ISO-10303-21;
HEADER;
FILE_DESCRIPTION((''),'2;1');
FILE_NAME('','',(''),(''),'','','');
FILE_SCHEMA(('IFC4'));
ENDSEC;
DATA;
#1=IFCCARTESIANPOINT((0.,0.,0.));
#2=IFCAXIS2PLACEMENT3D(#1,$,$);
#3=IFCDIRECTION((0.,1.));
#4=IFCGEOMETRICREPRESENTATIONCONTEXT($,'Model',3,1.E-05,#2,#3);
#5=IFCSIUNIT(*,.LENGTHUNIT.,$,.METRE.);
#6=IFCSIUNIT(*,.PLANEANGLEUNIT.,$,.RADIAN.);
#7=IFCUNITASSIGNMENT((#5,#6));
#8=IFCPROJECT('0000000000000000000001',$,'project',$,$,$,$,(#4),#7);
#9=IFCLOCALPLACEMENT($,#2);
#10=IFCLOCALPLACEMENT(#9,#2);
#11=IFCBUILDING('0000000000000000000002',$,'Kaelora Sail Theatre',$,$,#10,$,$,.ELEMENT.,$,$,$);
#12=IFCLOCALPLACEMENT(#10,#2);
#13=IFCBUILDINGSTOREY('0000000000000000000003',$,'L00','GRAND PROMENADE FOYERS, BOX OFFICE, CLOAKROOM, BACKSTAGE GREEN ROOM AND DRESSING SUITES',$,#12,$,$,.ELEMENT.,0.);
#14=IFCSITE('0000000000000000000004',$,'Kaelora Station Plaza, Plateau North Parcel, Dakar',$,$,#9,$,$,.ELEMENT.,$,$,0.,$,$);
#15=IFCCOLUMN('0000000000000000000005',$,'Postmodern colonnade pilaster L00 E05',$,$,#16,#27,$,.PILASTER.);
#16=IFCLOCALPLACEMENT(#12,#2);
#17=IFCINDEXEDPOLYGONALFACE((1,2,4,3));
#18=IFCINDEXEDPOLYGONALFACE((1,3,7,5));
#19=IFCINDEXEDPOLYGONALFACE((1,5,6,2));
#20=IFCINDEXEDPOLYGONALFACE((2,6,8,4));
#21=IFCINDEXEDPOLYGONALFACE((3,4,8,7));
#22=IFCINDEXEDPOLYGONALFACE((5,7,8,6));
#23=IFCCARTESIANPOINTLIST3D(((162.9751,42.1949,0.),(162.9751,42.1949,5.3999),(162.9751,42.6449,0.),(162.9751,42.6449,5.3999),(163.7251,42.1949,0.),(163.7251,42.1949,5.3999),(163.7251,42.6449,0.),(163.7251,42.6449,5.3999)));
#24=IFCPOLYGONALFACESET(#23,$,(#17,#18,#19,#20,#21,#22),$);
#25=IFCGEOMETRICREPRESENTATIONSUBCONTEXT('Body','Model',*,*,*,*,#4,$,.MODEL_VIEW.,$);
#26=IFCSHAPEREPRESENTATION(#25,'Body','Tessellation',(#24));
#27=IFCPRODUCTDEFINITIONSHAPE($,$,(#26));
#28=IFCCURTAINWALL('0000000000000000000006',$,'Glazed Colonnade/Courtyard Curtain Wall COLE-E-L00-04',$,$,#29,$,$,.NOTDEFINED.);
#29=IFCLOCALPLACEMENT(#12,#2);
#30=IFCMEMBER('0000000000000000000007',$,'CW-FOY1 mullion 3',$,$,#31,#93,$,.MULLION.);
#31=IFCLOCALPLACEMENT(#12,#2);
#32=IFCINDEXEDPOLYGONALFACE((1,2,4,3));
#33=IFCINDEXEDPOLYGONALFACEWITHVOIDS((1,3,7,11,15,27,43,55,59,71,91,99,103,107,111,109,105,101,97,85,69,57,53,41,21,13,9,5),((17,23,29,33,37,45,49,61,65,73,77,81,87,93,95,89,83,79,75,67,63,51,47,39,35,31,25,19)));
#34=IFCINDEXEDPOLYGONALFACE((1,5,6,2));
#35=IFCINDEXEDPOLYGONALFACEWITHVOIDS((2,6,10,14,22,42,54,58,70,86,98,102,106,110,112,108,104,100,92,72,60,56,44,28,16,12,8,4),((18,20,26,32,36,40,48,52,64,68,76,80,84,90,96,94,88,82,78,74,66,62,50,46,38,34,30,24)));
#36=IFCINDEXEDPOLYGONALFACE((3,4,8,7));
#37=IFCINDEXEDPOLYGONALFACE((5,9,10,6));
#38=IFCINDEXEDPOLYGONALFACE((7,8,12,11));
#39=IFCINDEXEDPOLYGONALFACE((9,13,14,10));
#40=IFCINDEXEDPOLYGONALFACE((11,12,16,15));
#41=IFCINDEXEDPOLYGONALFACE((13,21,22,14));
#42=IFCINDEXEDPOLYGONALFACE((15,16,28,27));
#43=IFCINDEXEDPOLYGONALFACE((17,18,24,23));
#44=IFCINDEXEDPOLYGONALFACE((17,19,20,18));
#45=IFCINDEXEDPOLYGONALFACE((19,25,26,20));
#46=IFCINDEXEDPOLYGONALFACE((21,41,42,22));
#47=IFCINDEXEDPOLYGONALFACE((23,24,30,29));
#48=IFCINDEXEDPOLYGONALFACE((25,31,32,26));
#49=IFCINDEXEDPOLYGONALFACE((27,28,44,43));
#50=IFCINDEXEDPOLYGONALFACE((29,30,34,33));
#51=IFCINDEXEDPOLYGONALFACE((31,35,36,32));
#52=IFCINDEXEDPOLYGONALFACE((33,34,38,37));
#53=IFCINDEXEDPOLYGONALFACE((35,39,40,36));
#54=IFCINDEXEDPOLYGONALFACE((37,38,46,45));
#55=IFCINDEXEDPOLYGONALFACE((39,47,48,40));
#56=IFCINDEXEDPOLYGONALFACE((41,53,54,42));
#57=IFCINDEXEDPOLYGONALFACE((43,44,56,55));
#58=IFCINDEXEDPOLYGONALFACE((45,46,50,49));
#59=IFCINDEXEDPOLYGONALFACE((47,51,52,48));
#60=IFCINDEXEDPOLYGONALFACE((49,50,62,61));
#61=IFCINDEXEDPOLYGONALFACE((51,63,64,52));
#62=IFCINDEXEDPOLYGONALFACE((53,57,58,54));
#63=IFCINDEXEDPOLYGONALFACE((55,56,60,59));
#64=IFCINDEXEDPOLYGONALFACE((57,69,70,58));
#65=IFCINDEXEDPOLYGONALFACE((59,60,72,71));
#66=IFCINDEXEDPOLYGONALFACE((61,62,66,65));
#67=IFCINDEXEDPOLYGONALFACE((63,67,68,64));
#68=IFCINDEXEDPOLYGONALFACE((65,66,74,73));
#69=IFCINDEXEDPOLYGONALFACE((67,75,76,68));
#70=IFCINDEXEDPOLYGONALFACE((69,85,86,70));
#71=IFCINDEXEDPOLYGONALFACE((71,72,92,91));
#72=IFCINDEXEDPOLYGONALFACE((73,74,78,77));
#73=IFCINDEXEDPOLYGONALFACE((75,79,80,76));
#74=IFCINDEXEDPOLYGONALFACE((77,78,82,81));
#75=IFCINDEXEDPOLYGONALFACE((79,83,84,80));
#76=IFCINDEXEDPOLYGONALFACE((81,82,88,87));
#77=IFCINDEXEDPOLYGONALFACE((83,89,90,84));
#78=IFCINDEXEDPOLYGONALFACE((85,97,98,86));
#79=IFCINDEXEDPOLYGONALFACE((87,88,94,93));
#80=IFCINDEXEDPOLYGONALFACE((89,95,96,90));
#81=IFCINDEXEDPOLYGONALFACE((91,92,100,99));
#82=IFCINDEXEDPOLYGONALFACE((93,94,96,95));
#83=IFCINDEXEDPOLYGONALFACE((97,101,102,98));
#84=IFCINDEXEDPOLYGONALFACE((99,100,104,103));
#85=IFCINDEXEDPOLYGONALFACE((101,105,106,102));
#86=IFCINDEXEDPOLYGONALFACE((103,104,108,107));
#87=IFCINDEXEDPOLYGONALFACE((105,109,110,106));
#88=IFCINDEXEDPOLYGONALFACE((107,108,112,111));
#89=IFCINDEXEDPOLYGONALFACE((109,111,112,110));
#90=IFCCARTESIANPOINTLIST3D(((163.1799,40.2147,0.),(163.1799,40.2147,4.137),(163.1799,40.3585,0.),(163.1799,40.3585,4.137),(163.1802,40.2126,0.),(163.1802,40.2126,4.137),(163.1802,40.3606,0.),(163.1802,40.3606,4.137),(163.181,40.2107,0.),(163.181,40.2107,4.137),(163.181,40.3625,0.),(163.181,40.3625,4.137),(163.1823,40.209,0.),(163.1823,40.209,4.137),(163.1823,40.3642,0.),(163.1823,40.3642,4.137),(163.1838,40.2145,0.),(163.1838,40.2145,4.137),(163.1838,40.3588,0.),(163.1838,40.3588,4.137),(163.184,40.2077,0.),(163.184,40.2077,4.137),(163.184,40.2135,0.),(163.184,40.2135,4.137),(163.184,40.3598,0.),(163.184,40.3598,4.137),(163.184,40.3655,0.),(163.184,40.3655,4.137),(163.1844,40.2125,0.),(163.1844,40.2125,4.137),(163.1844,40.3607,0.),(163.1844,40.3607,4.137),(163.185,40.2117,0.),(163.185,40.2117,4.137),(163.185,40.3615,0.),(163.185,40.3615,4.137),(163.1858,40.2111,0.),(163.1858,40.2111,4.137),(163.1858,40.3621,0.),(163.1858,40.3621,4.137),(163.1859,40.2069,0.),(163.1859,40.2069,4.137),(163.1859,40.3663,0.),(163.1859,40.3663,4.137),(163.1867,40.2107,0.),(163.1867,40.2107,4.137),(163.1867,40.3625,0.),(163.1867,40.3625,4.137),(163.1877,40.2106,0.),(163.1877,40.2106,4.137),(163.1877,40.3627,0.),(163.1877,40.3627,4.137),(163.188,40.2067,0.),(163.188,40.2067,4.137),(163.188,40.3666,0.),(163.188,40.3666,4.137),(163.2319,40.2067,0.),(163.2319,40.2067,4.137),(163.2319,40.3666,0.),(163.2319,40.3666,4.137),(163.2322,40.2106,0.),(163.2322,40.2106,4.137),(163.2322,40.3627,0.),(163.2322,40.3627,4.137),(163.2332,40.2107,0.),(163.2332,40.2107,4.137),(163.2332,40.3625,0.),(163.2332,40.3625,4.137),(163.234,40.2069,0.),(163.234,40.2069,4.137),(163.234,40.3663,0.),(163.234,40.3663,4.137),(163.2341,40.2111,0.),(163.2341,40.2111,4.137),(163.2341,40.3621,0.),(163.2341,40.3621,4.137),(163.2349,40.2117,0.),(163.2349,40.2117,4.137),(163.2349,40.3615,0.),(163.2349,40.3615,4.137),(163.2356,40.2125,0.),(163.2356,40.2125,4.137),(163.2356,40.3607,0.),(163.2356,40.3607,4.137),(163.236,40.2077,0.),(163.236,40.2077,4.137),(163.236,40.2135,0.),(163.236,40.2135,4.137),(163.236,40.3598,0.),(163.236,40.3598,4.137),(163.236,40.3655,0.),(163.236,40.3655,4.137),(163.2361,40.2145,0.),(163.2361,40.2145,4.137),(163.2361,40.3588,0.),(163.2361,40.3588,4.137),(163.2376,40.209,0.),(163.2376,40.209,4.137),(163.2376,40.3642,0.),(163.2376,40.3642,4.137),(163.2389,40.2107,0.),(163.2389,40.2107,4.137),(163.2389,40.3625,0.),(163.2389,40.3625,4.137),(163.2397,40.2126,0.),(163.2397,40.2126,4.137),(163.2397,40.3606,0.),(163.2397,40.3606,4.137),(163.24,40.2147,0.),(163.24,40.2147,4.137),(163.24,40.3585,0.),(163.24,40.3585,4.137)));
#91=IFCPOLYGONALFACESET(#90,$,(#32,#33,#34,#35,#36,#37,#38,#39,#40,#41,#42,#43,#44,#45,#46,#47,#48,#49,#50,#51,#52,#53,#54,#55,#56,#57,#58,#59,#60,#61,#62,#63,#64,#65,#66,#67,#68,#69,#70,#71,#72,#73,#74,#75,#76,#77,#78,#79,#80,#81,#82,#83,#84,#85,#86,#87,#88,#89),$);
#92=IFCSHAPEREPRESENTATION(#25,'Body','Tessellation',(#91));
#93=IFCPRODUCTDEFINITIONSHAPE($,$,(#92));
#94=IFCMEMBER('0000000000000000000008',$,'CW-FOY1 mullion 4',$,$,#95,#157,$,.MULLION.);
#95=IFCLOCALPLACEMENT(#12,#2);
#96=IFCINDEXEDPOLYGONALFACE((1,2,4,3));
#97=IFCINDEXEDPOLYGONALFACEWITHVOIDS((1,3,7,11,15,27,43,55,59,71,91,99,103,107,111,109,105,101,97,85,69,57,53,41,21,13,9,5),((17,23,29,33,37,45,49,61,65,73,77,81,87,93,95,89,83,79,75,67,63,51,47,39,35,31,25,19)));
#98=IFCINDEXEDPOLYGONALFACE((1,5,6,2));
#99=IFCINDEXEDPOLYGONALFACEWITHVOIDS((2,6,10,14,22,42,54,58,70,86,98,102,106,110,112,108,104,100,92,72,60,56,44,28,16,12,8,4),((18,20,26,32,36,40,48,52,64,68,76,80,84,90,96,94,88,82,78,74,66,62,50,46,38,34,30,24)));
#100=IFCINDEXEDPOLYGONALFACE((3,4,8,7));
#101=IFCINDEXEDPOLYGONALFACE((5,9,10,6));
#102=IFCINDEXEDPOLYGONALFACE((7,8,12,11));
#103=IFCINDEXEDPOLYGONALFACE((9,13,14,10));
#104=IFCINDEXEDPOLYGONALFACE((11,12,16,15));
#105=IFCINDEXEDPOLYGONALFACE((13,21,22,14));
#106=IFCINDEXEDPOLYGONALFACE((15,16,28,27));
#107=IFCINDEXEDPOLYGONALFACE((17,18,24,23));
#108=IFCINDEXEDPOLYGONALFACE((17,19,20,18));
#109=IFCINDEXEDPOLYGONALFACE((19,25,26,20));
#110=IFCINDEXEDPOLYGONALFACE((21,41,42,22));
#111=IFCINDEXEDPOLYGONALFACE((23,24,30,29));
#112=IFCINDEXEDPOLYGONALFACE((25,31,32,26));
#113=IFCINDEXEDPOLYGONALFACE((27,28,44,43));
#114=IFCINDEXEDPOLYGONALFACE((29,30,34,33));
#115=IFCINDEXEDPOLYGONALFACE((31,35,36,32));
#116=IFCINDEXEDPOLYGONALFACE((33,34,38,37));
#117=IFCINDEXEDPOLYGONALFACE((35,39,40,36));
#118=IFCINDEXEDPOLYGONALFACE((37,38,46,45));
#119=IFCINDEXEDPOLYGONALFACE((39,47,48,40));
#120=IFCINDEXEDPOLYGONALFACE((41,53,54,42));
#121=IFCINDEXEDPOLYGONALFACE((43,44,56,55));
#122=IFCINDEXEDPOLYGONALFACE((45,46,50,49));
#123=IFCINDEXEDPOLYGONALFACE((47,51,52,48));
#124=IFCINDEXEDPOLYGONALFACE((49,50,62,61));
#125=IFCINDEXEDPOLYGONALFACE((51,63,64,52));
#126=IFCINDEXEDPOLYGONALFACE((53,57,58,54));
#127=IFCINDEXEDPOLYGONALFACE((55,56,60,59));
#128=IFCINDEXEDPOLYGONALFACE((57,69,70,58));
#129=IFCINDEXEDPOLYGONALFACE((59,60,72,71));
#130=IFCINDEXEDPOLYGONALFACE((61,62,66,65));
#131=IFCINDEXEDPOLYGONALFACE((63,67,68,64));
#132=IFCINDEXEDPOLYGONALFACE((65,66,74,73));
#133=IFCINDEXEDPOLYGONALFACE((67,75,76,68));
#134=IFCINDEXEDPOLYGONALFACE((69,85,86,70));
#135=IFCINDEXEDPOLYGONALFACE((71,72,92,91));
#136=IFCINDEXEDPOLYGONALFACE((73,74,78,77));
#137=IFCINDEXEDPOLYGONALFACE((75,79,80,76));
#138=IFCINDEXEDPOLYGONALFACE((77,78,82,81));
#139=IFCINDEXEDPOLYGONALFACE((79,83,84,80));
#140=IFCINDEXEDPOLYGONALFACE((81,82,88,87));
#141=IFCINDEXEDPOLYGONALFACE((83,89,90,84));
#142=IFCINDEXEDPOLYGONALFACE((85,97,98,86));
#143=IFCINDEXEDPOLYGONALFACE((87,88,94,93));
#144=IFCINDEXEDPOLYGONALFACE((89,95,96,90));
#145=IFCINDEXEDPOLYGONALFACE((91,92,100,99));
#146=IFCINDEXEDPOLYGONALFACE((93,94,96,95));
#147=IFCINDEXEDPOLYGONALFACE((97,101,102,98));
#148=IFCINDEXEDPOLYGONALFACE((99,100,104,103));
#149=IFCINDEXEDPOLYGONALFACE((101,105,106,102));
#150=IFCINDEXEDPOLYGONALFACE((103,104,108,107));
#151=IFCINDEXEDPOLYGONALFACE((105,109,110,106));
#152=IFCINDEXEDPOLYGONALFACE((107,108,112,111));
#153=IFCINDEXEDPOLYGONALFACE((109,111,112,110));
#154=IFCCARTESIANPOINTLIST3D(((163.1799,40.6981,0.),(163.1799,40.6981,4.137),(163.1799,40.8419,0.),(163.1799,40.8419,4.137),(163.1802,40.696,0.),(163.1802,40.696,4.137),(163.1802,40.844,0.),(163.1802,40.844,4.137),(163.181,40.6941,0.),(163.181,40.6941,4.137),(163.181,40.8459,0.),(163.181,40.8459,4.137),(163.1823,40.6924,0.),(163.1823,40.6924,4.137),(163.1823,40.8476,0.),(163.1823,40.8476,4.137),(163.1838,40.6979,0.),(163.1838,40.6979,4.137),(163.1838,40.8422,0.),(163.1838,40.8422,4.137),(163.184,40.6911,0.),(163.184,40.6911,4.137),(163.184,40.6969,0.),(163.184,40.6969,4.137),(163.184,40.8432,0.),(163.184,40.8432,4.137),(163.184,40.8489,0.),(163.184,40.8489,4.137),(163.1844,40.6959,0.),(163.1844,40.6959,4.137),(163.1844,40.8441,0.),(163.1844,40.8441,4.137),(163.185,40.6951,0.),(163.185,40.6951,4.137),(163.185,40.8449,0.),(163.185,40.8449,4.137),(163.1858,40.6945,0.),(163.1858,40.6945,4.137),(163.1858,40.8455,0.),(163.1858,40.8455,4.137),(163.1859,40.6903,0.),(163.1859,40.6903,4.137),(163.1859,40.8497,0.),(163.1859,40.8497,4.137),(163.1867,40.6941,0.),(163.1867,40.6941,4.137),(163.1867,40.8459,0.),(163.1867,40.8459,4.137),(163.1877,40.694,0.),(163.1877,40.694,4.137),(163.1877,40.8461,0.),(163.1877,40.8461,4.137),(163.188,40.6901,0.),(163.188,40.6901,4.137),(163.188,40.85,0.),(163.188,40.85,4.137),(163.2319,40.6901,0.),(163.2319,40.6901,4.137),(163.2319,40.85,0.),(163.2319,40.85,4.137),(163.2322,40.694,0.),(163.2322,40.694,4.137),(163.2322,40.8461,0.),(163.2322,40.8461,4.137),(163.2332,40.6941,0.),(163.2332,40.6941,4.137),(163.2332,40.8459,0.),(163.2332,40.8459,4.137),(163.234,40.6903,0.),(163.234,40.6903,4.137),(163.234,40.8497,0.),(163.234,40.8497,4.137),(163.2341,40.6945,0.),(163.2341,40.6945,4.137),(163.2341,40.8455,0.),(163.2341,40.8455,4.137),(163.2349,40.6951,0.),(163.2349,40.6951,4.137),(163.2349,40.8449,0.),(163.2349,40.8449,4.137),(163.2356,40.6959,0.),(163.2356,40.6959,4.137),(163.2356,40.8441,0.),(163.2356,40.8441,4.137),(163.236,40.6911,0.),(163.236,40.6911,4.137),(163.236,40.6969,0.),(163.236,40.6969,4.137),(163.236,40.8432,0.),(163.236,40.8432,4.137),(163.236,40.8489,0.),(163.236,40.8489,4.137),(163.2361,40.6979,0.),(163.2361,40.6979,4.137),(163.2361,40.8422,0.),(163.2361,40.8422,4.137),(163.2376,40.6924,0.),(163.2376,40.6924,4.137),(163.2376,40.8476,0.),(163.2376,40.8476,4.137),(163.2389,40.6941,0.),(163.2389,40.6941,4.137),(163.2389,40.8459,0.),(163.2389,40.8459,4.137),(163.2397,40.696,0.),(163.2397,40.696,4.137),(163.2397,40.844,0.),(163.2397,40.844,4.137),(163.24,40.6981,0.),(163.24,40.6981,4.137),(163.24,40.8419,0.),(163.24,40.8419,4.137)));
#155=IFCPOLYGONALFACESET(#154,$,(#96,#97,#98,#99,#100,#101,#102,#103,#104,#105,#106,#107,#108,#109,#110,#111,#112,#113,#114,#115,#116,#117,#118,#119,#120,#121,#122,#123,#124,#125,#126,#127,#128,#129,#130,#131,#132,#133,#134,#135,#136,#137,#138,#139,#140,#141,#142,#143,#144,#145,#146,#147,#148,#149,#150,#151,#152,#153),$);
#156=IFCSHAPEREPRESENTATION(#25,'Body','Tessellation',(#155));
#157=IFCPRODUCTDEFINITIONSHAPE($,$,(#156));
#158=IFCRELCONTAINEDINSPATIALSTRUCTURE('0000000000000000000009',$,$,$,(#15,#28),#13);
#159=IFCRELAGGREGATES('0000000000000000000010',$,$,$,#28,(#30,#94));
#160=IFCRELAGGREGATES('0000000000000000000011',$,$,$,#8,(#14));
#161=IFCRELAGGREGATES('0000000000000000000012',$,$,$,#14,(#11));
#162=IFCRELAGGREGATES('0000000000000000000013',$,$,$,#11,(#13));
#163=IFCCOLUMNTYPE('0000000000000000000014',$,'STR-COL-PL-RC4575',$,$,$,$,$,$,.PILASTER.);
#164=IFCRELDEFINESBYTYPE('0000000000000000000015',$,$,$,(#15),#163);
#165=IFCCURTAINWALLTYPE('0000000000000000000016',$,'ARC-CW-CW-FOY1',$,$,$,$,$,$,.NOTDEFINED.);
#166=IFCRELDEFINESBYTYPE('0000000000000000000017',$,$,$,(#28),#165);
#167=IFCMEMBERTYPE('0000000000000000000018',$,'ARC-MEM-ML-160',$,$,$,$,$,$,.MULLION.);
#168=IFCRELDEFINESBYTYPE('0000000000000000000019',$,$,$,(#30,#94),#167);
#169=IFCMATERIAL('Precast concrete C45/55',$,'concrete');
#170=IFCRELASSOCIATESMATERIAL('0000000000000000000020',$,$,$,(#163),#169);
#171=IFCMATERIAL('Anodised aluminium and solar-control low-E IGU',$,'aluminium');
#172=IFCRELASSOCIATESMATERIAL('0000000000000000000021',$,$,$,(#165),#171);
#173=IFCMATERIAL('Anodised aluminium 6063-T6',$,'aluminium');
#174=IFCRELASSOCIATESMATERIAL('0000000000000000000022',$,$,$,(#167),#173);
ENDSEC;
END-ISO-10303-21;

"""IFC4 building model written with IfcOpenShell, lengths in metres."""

from ifc_helpers import new_model, si_unit, direction, frame, origin, origin_2d, place, context, subcontext, project, spatial, rectangle, hollow_rectangle, extrude, material, material_profile, profile_set, type_object, element, aggregate, save


model = new_model("IFC4")

# Units and contexts
model_context = context("Model", 3, precision=1e-05, world=origin(), true_north=direction((0.0, 1.0)))
body_context = subcontext(model_context, "Body", "Model", "MODEL_VIEW")
ifc_project = project(units=[si_unit("LENGTHUNIT", "METRE"), si_unit("PLANEANGLEUNIT", "RADIAN")], contexts=[model_context])

# Site, building, storey
site_placement = place(None, origin())
site = spatial("IfcSite", under=ifc_project, at=site_placement, Name="Kaelora Station Plaza, Plateau North Parcel, Dakar", CompositionType="ELEMENT", RefElevation=0.0)
building_placement = place(site_placement, origin())
building = spatial("IfcBuilding", under=site, at=building_placement, Name="Kaelora Sail Theatre", CompositionType="ELEMENT")
storey_placement = place(building_placement, origin())
storey = spatial("IfcBuildingStorey", under=building, at=storey_placement, Name="L00", Description="GRAND PROMENADE FOYERS, BOX OFFICE, CLOAKROOM, BACKSTAGE GREEN ROOM AND DRESSING SUITES", CompositionType="ELEMENT", Elevation=0.0)

# Column
ifc_material_1 = material(Name="Precast concrete C45/55", Category="concrete")
ifc_material_profile_1 = material_profile(ifc_material_1, rectangle(XDim=0.45, YDim=0.75, at=origin_2d()), Name="RC-PIL 450x750")
ifc_profile_set_1 = profile_set([ifc_material_profile_1], Name="Precast concrete C45/55")
column_type = type_object("IfcColumnType", Name="STR-COL-PL-RC4575", PredefinedType="PILASTER", material=ifc_profile_set_1)
column_placement = place(storey_placement, frame((163.3501, 42.4199, 0.0), z_axis=(0.0, 0.0, 1.0), x_axis=(0.0, 1.0, 0.0)))
element("IfcColumn", 1, at=column_placement, inside=storey, type_object=column_type, Name="Postmodern colonnade pilaster L00 E05", PredefinedType="PILASTER", context=body_context, shape_type="SweptSolid", body=[
    extrude(rectangle(XDim=0.45, YDim=0.75, at=origin_2d()), origin(), (0.0, 0.0, 1.0), 5.3999),
])

# Curtain wall, members
ifc_material_2 = material(Name="Anodised aluminium and solar-control low-E IGU", Category="aluminium")
curtain_wall_type = type_object("IfcCurtainWallType", Name="ARC-CW-CW-FOY1", PredefinedType="NOTDEFINED", material=ifc_material_2)
curtain_wall_1_placement = place(storey_placement, origin())
curtain_wall_1 = element("IfcCurtainWall", 2, at=curtain_wall_1_placement, inside=storey, type_object=curtain_wall_type, Name="Glazed Colonnade/Courtyard Curtain Wall COLE-E-L00-04", PredefinedType="NOTDEFINED")
ifc_material_3 = material(Name="Anodised aluminium 6063-T6", Category="aluminium")
ifc_material_profile_2 = material_profile(ifc_material_3, hollow_rectangle(XDim=0.0601, YDim=0.1599, WallThickness=0.0039, InnerFilletRadius=0.0039, OuterFilletRadius=0.0081, at=origin_2d()), Name="ALU-MULL 60x160x4")
ifc_profile_set_2 = profile_set([ifc_material_profile_2], Name="Anodised aluminium 6063-T6")
member_type_1 = type_object("IfcMemberType", Name="ARC-MEM-ML-160", PredefinedType="MULLION", material=ifc_profile_set_2)
member_1_placement = place(storey_placement, frame((163.21, 40.2866, 0.0), z_axis=(0.0, 0.0, 1.0), x_axis=(-1.0, 0.0, 0.0)))
member_1 = element("IfcMember", 3, at=member_1_placement, type_object=member_type_1, Name="CW-FOY1 mullion 3", PredefinedType="MULLION", context=body_context, shape_type="SweptSolid", body=[
    extrude(hollow_rectangle(XDim=0.0601, YDim=0.1599, WallThickness=0.0039, InnerFilletRadius=0.0039, OuterFilletRadius=0.0081, at=origin_2d()), origin(), (0.0, 0.0, 1.0), 4.137),
])
member_2_placement = place(storey_placement, frame((163.21, 40.77, 0.0), z_axis=(0.0, 0.0, 1.0), x_axis=(-1.0, 0.0, 0.0)))
member_2 = element("IfcMember", 4, at=member_2_placement, type_object=member_type_1, Name="CW-FOY1 mullion 4", PredefinedType="MULLION", context=body_context, shape_type="SweptSolid", body=[
    extrude(hollow_rectangle(XDim=0.0601, YDim=0.1599, WallThickness=0.0039, InnerFilletRadius=0.0039, OuterFilletRadius=0.0081, at=origin_2d()), origin(), (0.0, 0.0, 1.0), 4.137),
])

aggregate(curtain_wall_1, [member_1, member_2])

save(model, "model.ifc")
